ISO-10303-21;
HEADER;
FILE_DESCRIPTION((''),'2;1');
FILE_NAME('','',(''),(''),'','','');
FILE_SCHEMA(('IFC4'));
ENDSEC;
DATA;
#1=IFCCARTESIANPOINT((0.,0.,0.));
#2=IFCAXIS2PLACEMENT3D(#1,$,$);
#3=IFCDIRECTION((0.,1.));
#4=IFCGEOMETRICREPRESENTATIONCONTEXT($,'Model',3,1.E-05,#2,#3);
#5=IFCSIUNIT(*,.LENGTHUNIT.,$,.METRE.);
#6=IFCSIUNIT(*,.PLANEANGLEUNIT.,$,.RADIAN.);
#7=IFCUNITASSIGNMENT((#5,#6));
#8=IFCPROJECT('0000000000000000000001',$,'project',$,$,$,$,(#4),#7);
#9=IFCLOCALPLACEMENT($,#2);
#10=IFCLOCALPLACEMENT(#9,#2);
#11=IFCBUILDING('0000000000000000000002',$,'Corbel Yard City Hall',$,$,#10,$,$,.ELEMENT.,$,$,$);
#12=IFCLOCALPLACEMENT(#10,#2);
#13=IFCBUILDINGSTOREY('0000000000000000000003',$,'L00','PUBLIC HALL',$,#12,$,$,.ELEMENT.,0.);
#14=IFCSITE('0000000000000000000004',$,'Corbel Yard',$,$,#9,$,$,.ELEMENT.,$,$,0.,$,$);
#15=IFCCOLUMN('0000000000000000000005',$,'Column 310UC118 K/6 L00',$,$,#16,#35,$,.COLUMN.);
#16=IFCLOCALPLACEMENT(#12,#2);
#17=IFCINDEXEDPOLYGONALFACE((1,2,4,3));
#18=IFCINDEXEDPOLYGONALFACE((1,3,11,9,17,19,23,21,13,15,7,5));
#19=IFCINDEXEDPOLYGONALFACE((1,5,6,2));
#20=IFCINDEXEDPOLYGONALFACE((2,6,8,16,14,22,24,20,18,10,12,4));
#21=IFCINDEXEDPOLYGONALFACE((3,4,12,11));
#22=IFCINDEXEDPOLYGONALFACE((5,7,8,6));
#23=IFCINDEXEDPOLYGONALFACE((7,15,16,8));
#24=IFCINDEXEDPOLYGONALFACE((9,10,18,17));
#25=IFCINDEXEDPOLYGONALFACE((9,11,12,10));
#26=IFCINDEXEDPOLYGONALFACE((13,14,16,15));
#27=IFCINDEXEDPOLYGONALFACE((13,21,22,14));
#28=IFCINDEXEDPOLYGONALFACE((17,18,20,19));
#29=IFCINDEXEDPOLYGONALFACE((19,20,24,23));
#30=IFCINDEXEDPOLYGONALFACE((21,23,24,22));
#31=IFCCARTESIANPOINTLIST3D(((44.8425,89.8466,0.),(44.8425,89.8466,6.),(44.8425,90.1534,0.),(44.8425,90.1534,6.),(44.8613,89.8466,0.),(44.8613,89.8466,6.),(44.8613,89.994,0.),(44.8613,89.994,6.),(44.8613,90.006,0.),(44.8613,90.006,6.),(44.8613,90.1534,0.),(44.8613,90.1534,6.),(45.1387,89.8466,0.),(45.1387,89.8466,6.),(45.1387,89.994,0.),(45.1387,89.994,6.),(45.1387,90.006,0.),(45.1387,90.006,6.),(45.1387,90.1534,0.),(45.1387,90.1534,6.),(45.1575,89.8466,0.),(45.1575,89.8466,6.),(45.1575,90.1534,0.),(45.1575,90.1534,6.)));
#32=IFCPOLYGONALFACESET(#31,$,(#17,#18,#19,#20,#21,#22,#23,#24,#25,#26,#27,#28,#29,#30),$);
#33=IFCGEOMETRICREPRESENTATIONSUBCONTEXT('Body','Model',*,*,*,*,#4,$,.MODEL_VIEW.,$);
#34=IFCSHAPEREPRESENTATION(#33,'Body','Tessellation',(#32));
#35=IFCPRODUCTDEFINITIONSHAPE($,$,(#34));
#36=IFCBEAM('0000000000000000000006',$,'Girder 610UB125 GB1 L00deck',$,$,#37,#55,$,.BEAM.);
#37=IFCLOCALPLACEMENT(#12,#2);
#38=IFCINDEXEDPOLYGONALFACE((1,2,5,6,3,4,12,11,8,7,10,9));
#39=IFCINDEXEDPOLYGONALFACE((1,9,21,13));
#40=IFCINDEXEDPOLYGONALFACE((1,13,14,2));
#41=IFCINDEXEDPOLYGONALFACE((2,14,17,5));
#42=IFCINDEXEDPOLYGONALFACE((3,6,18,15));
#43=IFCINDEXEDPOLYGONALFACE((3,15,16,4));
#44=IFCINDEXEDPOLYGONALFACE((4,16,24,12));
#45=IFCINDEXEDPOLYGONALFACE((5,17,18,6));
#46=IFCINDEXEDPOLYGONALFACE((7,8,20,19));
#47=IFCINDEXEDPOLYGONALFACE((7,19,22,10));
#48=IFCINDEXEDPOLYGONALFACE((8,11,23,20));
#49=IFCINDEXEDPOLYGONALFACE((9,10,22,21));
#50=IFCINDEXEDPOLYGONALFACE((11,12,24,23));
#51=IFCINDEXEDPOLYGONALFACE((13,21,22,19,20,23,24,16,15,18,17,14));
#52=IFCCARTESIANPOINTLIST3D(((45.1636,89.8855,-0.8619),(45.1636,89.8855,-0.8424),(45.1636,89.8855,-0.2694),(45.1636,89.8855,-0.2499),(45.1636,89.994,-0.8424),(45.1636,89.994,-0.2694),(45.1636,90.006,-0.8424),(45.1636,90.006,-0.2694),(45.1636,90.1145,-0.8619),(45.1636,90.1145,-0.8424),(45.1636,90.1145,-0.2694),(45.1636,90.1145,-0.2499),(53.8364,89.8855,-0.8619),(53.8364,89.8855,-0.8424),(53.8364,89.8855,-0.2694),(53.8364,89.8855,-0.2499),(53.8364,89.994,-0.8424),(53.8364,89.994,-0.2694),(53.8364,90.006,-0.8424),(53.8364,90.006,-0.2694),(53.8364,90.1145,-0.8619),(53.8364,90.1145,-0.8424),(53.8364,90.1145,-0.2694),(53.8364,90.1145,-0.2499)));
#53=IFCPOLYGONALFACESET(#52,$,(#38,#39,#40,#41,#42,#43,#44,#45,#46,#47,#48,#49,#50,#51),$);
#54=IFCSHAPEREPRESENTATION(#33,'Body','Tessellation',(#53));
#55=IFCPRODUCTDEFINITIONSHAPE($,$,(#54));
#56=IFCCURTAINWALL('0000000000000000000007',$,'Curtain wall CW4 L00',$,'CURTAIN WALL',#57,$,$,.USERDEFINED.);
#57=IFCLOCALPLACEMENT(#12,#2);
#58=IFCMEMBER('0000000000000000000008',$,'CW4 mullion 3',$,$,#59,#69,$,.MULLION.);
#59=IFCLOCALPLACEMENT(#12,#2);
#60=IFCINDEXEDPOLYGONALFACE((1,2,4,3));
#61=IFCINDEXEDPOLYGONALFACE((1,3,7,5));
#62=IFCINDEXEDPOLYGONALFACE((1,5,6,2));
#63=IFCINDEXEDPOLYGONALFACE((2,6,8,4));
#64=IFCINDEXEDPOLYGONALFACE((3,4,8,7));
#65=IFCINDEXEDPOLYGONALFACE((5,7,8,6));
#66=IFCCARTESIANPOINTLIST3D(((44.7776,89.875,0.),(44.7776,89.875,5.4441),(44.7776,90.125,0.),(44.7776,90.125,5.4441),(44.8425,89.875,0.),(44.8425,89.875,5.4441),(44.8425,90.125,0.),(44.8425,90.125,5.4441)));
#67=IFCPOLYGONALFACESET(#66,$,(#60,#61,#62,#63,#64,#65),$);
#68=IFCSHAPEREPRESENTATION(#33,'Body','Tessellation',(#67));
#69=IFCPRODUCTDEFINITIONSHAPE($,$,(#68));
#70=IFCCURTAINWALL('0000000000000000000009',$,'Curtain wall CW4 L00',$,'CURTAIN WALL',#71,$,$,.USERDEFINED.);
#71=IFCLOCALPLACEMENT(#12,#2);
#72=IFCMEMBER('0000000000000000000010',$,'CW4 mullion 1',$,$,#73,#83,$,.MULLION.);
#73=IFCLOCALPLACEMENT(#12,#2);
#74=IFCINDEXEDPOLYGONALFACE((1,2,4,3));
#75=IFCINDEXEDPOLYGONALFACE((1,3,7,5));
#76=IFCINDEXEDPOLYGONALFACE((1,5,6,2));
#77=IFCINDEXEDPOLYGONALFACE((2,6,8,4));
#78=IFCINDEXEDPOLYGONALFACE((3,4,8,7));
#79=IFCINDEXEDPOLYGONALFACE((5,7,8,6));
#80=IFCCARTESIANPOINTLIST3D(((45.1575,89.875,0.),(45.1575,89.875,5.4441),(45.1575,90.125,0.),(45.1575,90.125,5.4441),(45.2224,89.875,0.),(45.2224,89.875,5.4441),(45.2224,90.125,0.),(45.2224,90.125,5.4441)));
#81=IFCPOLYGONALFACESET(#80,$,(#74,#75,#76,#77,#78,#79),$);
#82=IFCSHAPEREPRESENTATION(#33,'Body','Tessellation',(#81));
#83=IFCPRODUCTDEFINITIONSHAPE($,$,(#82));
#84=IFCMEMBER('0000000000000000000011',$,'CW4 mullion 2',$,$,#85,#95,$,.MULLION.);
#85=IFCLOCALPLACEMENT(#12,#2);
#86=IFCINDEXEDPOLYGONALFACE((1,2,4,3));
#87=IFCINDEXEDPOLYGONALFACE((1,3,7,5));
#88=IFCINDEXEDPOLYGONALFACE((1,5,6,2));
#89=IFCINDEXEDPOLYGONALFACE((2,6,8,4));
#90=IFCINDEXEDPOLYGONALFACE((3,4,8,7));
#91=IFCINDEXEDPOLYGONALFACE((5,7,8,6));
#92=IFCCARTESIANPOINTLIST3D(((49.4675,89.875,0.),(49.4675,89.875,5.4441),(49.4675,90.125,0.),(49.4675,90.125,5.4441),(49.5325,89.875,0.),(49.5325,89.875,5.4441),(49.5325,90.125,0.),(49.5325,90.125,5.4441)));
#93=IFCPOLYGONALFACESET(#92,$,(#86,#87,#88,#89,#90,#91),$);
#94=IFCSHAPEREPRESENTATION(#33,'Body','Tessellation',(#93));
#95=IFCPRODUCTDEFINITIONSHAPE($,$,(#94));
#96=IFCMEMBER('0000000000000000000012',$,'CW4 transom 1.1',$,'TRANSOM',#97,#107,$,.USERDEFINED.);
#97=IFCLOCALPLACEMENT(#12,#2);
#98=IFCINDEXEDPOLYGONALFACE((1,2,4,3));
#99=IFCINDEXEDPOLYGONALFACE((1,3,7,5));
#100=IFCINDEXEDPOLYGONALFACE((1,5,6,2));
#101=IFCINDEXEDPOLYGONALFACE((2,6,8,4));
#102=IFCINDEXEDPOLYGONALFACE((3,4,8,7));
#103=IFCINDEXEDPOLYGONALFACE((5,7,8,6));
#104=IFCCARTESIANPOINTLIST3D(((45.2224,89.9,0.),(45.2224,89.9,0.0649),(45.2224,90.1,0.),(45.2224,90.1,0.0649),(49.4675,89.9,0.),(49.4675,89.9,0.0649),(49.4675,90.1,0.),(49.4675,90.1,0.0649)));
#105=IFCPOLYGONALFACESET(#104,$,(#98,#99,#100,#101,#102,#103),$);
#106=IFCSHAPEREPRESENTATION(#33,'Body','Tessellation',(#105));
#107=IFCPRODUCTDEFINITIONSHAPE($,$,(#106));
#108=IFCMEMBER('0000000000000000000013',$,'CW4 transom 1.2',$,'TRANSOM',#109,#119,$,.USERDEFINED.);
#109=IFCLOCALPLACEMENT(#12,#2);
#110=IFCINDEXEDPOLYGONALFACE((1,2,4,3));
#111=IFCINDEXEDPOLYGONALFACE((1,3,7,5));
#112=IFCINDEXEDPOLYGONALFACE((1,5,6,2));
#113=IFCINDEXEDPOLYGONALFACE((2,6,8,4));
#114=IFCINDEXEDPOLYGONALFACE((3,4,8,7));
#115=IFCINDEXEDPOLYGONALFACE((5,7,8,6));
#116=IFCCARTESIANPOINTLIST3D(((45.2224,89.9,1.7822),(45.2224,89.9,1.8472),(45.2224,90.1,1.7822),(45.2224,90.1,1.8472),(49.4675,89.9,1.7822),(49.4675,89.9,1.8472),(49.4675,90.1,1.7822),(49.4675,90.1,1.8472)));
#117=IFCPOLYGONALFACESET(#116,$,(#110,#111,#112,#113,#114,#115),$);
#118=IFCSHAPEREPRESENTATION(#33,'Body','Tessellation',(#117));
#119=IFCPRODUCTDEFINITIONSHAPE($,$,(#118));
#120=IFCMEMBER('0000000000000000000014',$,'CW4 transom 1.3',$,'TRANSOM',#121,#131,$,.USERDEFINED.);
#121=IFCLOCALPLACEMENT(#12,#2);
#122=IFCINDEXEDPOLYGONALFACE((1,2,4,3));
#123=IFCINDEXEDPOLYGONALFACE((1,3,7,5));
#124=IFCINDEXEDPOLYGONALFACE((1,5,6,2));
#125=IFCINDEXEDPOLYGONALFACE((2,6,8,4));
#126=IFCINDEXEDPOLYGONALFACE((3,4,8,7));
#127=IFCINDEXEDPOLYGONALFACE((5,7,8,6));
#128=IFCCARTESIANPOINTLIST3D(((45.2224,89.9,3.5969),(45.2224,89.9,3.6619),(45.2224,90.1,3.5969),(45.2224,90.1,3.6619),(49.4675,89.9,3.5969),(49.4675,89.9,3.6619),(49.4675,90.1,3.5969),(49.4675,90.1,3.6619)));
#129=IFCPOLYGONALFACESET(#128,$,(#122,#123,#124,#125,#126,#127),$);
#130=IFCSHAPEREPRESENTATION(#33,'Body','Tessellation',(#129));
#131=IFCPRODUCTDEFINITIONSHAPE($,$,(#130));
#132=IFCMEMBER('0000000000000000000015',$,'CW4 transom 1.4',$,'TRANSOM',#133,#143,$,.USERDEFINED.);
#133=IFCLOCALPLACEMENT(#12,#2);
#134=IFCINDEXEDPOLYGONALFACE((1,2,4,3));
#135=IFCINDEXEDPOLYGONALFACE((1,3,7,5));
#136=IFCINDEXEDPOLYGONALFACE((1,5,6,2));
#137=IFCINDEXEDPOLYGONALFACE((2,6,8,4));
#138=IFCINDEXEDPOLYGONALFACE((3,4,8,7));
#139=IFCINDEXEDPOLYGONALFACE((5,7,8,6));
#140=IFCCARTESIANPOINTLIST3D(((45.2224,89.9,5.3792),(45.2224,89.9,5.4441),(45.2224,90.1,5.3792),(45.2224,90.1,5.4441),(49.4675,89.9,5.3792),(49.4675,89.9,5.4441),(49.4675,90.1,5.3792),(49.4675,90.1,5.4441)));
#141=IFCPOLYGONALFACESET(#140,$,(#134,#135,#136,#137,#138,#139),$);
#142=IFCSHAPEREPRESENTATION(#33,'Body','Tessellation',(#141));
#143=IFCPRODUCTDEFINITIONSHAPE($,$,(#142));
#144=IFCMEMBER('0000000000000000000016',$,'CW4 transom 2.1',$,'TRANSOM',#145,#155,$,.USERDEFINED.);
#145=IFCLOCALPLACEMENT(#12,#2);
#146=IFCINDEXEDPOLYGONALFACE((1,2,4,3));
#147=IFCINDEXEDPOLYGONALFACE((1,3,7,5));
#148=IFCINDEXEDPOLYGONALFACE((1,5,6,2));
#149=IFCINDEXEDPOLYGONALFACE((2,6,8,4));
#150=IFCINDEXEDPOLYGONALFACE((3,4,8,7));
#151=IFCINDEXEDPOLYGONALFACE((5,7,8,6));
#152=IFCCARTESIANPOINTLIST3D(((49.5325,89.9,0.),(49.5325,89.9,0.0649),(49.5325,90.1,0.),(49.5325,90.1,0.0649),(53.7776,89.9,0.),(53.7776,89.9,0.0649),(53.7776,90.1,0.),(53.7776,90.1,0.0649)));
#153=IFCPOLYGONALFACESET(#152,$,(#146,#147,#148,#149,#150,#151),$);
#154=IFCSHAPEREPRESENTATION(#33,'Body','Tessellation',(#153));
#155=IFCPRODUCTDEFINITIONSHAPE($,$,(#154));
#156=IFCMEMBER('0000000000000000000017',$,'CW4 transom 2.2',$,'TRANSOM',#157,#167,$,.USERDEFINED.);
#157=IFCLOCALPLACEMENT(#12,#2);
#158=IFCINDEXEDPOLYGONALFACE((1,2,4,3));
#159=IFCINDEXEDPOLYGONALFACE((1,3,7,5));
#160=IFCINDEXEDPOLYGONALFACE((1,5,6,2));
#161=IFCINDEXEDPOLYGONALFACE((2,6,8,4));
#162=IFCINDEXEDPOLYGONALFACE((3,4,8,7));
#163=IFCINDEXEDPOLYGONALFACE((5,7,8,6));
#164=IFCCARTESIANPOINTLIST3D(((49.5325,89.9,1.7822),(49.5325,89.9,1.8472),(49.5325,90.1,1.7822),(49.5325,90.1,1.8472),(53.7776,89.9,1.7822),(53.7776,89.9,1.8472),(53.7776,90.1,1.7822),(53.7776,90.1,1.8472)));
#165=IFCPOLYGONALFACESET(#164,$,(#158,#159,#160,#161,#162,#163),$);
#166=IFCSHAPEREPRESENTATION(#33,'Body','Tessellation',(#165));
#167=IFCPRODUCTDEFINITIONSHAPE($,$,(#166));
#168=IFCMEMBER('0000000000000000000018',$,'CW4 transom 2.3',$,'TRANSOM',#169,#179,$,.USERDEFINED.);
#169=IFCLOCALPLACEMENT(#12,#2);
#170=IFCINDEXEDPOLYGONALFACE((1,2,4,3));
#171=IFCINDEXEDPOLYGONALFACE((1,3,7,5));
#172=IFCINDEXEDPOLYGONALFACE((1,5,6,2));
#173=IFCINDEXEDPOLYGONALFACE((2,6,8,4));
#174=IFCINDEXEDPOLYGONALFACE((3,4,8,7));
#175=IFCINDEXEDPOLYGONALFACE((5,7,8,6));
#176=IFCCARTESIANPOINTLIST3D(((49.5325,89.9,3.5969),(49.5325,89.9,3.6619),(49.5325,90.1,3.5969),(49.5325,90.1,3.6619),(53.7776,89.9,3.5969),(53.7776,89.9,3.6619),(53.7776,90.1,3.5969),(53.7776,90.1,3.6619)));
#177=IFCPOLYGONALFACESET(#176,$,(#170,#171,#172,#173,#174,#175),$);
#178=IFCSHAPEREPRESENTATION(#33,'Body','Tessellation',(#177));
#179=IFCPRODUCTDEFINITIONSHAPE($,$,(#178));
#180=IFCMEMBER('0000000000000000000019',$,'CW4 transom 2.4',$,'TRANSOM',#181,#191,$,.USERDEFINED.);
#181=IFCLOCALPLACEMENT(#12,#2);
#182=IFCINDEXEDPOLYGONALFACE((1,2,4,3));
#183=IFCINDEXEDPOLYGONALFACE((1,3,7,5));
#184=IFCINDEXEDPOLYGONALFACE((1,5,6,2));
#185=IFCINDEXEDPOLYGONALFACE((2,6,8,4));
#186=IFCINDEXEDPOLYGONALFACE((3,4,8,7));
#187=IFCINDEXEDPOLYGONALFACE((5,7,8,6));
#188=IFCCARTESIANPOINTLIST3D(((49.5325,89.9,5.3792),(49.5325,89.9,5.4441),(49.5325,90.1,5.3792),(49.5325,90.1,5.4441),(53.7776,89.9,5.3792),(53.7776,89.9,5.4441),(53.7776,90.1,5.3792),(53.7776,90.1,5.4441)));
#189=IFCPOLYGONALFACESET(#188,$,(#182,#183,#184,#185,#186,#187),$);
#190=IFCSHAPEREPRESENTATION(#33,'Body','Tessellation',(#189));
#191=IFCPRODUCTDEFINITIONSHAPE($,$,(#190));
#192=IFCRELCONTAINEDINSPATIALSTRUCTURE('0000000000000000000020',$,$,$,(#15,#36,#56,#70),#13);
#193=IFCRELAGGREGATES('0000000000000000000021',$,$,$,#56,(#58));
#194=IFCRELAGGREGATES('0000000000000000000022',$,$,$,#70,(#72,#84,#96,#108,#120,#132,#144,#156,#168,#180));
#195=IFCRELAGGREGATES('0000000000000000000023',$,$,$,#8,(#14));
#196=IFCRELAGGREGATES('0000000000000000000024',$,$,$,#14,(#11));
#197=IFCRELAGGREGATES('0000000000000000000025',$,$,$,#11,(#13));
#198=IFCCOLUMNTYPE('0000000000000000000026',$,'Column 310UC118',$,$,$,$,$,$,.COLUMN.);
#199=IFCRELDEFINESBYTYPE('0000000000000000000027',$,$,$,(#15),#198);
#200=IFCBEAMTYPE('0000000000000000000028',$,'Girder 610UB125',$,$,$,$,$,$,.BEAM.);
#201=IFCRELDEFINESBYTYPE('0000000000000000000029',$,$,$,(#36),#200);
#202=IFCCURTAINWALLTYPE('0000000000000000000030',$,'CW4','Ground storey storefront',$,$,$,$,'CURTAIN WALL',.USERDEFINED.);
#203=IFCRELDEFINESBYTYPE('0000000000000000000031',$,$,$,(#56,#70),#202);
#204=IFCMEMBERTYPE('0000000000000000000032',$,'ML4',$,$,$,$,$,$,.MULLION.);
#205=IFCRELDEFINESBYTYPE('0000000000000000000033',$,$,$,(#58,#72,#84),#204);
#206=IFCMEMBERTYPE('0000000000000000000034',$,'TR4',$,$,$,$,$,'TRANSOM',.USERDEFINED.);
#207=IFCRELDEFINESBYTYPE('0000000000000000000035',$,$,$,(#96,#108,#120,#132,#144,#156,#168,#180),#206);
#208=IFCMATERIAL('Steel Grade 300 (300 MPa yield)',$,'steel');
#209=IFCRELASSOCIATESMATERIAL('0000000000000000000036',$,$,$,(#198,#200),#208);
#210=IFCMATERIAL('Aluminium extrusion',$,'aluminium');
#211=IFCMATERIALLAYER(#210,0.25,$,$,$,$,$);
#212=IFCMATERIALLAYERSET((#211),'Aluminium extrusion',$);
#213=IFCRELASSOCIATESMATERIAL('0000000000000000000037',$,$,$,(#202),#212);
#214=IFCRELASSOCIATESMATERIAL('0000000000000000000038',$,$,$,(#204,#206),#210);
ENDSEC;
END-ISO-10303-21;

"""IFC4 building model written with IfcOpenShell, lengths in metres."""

from ifc_helpers import new_model, si_unit, direction, frame, origin, origin_2d, place, context, subcontext, project, spatial, rectangle, i_section, extrude, material, layer, layer_set, material_profile, profile_set, type_object, element, aggregate, save


model = new_model("IFC4")

# Units and contexts
model_context = context("Model", 3, precision=1e-05, world=origin(), true_north=direction((0.0, 1.0)))
body_context = subcontext(model_context, "Body", "Model", "MODEL_VIEW")
ifc_project = project(units=[si_unit("LENGTHUNIT", "METRE"), si_unit("PLANEANGLEUNIT", "RADIAN")], contexts=[model_context])

# Site, building, storey
site_placement = place(None, origin())
site = spatial("IfcSite", under=ifc_project, at=site_placement, Name="Corbel Yard", CompositionType="ELEMENT", RefElevation=0.0)
building_placement = place(site_placement, origin())
building = spatial("IfcBuilding", under=site, at=building_placement, Name="Corbel Yard City Hall", CompositionType="ELEMENT")
storey_placement = place(building_placement, origin())
storey = spatial("IfcBuildingStorey", under=building, at=storey_placement, Name="L00", Description="PUBLIC HALL", CompositionType="ELEMENT", Elevation=0.0)

# Column
ifc_material_1 = material(Name="Steel Grade 300 (300 MPa yield)", Category="steel")
ifc_material_profile_1 = material_profile(ifc_material_1, i_section(OverallWidth=0.3069, OverallDepth=0.3149, WebThickness=0.012, FlangeThickness=0.0188, at=origin_2d()), Name="310UC118")
ifc_profile_set_1 = profile_set([ifc_material_profile_1], Name="Steel Grade 300 (300 MPa yield)")
column_type = type_object("IfcColumnType", Name="Column 310UC118", PredefinedType="COLUMN", material=ifc_profile_set_1)
column_placement = place(storey_placement, frame((45.0, 90.0, 0.0), z_axis=(0.0, 0.0, 1.0), x_axis=(0.0, 1.0, 0.0)))
element("IfcColumn", 1, at=column_placement, inside=storey, type_object=column_type, Name="Column 310UC118 K/6 L00", PredefinedType="COLUMN", context=body_context, shape_type="SweptSolid", body=[
    extrude(i_section(OverallWidth=0.3069, OverallDepth=0.3149, WebThickness=0.012, FlangeThickness=0.0188, at=origin_2d()), origin(), (0.0, 0.0, 1.0), 6.0),
])

# Beam
ifc_material_profile_2 = material_profile(ifc_material_1, i_section(OverallWidth=0.229, OverallDepth=0.6121, WebThickness=0.012, FlangeThickness=0.0195, at=origin_2d()), Name="610UB125")
ifc_profile_set_2 = profile_set([ifc_material_profile_2], Name="Steel Grade 300 (300 MPa yield)")
beam_type = type_object("IfcBeamType", Name="Girder 610UB125", PredefinedType="BEAM", material=ifc_profile_set_2)
beam_placement = place(storey_placement, frame((45.1636, 90.0, -0.5559), z_axis=(1.0, 0.0, 0.0), x_axis=(0.0, 1.0, 0.0)))
element("IfcBeam", 2, at=beam_placement, inside=storey, type_object=beam_type, Name="Girder 610UB125 GB1 L00deck", PredefinedType="BEAM", context=body_context, shape_type="SweptSolid", body=[
    extrude(i_section(OverallWidth=0.229, OverallDepth=0.6121, WebThickness=0.012, FlangeThickness=0.0195, at=origin_2d()), origin(), (0.0, 0.0, 1.0), 8.6729),
])

# Curtain wall, member
ifc_material_2 = material(Name="Aluminium extrusion", Category="aluminium")
ifc_layer_1 = layer(ifc_material_2, 0.25)
ifc_layer_set_1 = layer_set([ifc_layer_1], Name="Aluminium extrusion")
curtain_wall_type = type_object("IfcCurtainWallType", Name="CW4", Description="Ground storey storefront", ElementType="CURTAIN WALL", PredefinedType="USERDEFINED", material=ifc_layer_set_1)
curtain_wall_1_placement = place(storey_placement, origin())
curtain_wall_1 = element("IfcCurtainWall", 3, at=curtain_wall_1_placement, inside=storey, type_object=curtain_wall_type, Name="Curtain wall CW4 L00", ObjectType="CURTAIN WALL", PredefinedType="USERDEFINED")
ifc_material_profile_3 = material_profile(ifc_material_2, rectangle(XDim=0.25, YDim=0.0649, at=origin_2d()), Name="250x65")
ifc_profile_set_3 = profile_set([ifc_material_profile_3], Name="Aluminium extrusion")
member_type_1 = type_object("IfcMemberType", Name="ML4", PredefinedType="MULLION", material=ifc_profile_set_3)
member_1_placement = place(storey_placement, frame((44.8101, 90.0, 0.0), z_axis=(0.0, 0.0, 1.0), x_axis=(0.0, 1.0, 0.0)))
member_1 = element("IfcMember", 4, at=member_1_placement, type_object=member_type_1, Name="CW4 mullion 3", PredefinedType="MULLION", context=body_context, shape_type="SweptSolid", body=[
    extrude(rectangle(XDim=0.25, YDim=0.0649, at=origin_2d()), origin(), (0.0, 0.0, 1.0), 5.4441),
])

# Curtain wall, members
curtain_wall_2_placement = place(storey_placement, origin())
curtain_wall_2 = element("IfcCurtainWall", 5, at=curtain_wall_2_placement, inside=storey, type_object=curtain_wall_type, Name="Curtain wall CW4 L00", ObjectType="CURTAIN WALL", PredefinedType="USERDEFINED")
member_2_placement = place(storey_placement, frame((45.1899, 90.0, 0.0), z_axis=(0.0, 0.0, 1.0), x_axis=(0.0, 1.0, 0.0)))
member_2 = element("IfcMember", 6, at=member_2_placement, type_object=member_type_1, Name="CW4 mullion 1", PredefinedType="MULLION", context=body_context, shape_type="SweptSolid", body=[
    extrude(rectangle(XDim=0.25, YDim=0.0649, at=origin_2d()), origin(), (0.0, 0.0, 1.0), 5.4441),
])
member_3_placement = place(storey_placement, frame((49.5, 90.0, 0.0), z_axis=(0.0, 0.0, 1.0), x_axis=(0.0, 1.0, 0.0)))
member_3 = element("IfcMember", 7, at=member_3_placement, type_object=member_type_1, Name="CW4 mullion 2", PredefinedType="MULLION", context=body_context, shape_type="SweptSolid", body=[
    extrude(rectangle(XDim=0.25, YDim=0.0649, at=origin_2d()), origin(), (0.0, 0.0, 1.0), 5.4441),
])
ifc_material_profile_4 = material_profile(ifc_material_2, rectangle(XDim=0.2, YDim=0.0649, at=origin_2d()), Name="200x65")
ifc_profile_set_4 = profile_set([ifc_material_profile_4], Name="Aluminium extrusion")
member_type_2 = type_object("IfcMemberType", Name="TR4", ElementType="TRANSOM", PredefinedType="USERDEFINED", material=ifc_profile_set_4)
member_4_placement = place(storey_placement, frame((45.2224, 90.0, 0.0325), z_axis=(1.0, 0.0, 0.0), x_axis=(0.0, 1.0, 0.0)))
member_4 = element("IfcMember", 8, at=member_4_placement, type_object=member_type_2, Name="CW4 transom 1.1", ObjectType="TRANSOM", PredefinedType="USERDEFINED", context=body_context, shape_type="SweptSolid", body=[
    extrude(rectangle(XDim=0.2, YDim=0.0649, at=origin_2d()), origin(), (0.0, 0.0, 1.0), 4.2451),
])
member_5_placement = place(storey_placement, frame((45.2224, 90.0, 1.8147), z_axis=(1.0, 0.0, 0.0), x_axis=(0.0, 1.0, 0.0)))
member_5 = element("IfcMember", 9, at=member_5_placement, type_object=member_type_2, Name="CW4 transom 1.2", ObjectType="TRANSOM", PredefinedType="USERDEFINED", context=body_context, shape_type="SweptSolid", body=[
    extrude(rectangle(XDim=0.2, YDim=0.0649, at=origin_2d()), origin(), (0.0, 0.0, 1.0), 4.2451),
])
member_6_placement = place(storey_placement, frame((45.2224, 90.0, 3.6294), z_axis=(1.0, 0.0, 0.0), x_axis=(0.0, 1.0, 0.0)))
member_6 = element("IfcMember", 10, at=member_6_placement, type_object=member_type_2, Name="CW4 transom 1.3", ObjectType="TRANSOM", PredefinedType="USERDEFINED", context=body_context, shape_type="SweptSolid", body=[
    extrude(rectangle(XDim=0.2, YDim=0.0649, at=origin_2d()), origin(), (0.0, 0.0, 1.0), 4.2451),
])
member_7_placement = place(storey_placement, frame((45.2224, 90.0, 5.4116), z_axis=(1.0, 0.0, 0.0), x_axis=(0.0, 1.0, 0.0)))
member_7 = element("IfcMember", 11, at=member_7_placement, type_object=member_type_2, Name="CW4 transom 1.4", ObjectType="TRANSOM", PredefinedType="USERDEFINED", context=body_context, shape_type="SweptSolid", body=[
    extrude(rectangle(XDim=0.2, YDim=0.0649, at=origin_2d()), origin(), (0.0, 0.0, 1.0), 4.2451),
])
member_8_placement = place(storey_placement, frame((49.5325, 90.0, 0.0325), z_axis=(1.0, 0.0, 0.0), x_axis=(0.0, 1.0, 0.0)))
member_8 = element("IfcMember", 12, at=member_8_placement, type_object=member_type_2, Name="CW4 transom 2.1", ObjectType="TRANSOM", PredefinedType="USERDEFINED", context=body_context, shape_type="SweptSolid", body=[
    extrude(rectangle(XDim=0.2, YDim=0.0649, at=origin_2d()), origin(), (0.0, 0.0, 1.0), 4.2451),
])
member_9_placement = place(storey_placement, frame((49.5325, 90.0, 1.8147), z_axis=(1.0, 0.0, 0.0), x_axis=(0.0, 1.0, 0.0)))
member_9 = element("IfcMember", 13, at=member_9_placement, type_object=member_type_2, Name="CW4 transom 2.2", ObjectType="TRANSOM", PredefinedType="USERDEFINED", context=body_context, shape_type="SweptSolid", body=[
    extrude(rectangle(XDim=0.2, YDim=0.0649, at=origin_2d()), origin(), (0.0, 0.0, 1.0), 4.2451),
])
member_10_placement = place(storey_placement, frame((49.5325, 90.0, 3.6294), z_axis=(1.0, 0.0, 0.0), x_axis=(0.0, 1.0, 0.0)))
member_10 = element("IfcMember", 14, at=member_10_placement, type_object=member_type_2, Name="CW4 transom 2.3", ObjectType="TRANSOM", PredefinedType="USERDEFINED", context=body_context, shape_type="SweptSolid", body=[
    extrude(rectangle(XDim=0.2, YDim=0.0649, at=origin_2d()), origin(), (0.0, 0.0, 1.0), 4.2451),
])
member_11_placement = place(storey_placement, frame((49.5325, 90.0, 5.4116), z_axis=(1.0, 0.0, 0.0), x_axis=(0.0, 1.0, 0.0)))
member_11 = element("IfcMember", 15, at=member_11_placement, type_object=member_type_2, Name="CW4 transom 2.4", ObjectType="TRANSOM", PredefinedType="USERDEFINED", context=body_context, shape_type="SweptSolid", body=[
    extrude(rectangle(XDim=0.2, YDim=0.0649, at=origin_2d()), origin(), (0.0, 0.0, 1.0), 4.2451),
])

aggregate(curtain_wall_1, [member_1])
aggregate(curtain_wall_2, [member_2, member_3, member_4, member_5, member_6, member_7, member_8, member_9, member_10, member_11])

save(model, "model.ifc")
